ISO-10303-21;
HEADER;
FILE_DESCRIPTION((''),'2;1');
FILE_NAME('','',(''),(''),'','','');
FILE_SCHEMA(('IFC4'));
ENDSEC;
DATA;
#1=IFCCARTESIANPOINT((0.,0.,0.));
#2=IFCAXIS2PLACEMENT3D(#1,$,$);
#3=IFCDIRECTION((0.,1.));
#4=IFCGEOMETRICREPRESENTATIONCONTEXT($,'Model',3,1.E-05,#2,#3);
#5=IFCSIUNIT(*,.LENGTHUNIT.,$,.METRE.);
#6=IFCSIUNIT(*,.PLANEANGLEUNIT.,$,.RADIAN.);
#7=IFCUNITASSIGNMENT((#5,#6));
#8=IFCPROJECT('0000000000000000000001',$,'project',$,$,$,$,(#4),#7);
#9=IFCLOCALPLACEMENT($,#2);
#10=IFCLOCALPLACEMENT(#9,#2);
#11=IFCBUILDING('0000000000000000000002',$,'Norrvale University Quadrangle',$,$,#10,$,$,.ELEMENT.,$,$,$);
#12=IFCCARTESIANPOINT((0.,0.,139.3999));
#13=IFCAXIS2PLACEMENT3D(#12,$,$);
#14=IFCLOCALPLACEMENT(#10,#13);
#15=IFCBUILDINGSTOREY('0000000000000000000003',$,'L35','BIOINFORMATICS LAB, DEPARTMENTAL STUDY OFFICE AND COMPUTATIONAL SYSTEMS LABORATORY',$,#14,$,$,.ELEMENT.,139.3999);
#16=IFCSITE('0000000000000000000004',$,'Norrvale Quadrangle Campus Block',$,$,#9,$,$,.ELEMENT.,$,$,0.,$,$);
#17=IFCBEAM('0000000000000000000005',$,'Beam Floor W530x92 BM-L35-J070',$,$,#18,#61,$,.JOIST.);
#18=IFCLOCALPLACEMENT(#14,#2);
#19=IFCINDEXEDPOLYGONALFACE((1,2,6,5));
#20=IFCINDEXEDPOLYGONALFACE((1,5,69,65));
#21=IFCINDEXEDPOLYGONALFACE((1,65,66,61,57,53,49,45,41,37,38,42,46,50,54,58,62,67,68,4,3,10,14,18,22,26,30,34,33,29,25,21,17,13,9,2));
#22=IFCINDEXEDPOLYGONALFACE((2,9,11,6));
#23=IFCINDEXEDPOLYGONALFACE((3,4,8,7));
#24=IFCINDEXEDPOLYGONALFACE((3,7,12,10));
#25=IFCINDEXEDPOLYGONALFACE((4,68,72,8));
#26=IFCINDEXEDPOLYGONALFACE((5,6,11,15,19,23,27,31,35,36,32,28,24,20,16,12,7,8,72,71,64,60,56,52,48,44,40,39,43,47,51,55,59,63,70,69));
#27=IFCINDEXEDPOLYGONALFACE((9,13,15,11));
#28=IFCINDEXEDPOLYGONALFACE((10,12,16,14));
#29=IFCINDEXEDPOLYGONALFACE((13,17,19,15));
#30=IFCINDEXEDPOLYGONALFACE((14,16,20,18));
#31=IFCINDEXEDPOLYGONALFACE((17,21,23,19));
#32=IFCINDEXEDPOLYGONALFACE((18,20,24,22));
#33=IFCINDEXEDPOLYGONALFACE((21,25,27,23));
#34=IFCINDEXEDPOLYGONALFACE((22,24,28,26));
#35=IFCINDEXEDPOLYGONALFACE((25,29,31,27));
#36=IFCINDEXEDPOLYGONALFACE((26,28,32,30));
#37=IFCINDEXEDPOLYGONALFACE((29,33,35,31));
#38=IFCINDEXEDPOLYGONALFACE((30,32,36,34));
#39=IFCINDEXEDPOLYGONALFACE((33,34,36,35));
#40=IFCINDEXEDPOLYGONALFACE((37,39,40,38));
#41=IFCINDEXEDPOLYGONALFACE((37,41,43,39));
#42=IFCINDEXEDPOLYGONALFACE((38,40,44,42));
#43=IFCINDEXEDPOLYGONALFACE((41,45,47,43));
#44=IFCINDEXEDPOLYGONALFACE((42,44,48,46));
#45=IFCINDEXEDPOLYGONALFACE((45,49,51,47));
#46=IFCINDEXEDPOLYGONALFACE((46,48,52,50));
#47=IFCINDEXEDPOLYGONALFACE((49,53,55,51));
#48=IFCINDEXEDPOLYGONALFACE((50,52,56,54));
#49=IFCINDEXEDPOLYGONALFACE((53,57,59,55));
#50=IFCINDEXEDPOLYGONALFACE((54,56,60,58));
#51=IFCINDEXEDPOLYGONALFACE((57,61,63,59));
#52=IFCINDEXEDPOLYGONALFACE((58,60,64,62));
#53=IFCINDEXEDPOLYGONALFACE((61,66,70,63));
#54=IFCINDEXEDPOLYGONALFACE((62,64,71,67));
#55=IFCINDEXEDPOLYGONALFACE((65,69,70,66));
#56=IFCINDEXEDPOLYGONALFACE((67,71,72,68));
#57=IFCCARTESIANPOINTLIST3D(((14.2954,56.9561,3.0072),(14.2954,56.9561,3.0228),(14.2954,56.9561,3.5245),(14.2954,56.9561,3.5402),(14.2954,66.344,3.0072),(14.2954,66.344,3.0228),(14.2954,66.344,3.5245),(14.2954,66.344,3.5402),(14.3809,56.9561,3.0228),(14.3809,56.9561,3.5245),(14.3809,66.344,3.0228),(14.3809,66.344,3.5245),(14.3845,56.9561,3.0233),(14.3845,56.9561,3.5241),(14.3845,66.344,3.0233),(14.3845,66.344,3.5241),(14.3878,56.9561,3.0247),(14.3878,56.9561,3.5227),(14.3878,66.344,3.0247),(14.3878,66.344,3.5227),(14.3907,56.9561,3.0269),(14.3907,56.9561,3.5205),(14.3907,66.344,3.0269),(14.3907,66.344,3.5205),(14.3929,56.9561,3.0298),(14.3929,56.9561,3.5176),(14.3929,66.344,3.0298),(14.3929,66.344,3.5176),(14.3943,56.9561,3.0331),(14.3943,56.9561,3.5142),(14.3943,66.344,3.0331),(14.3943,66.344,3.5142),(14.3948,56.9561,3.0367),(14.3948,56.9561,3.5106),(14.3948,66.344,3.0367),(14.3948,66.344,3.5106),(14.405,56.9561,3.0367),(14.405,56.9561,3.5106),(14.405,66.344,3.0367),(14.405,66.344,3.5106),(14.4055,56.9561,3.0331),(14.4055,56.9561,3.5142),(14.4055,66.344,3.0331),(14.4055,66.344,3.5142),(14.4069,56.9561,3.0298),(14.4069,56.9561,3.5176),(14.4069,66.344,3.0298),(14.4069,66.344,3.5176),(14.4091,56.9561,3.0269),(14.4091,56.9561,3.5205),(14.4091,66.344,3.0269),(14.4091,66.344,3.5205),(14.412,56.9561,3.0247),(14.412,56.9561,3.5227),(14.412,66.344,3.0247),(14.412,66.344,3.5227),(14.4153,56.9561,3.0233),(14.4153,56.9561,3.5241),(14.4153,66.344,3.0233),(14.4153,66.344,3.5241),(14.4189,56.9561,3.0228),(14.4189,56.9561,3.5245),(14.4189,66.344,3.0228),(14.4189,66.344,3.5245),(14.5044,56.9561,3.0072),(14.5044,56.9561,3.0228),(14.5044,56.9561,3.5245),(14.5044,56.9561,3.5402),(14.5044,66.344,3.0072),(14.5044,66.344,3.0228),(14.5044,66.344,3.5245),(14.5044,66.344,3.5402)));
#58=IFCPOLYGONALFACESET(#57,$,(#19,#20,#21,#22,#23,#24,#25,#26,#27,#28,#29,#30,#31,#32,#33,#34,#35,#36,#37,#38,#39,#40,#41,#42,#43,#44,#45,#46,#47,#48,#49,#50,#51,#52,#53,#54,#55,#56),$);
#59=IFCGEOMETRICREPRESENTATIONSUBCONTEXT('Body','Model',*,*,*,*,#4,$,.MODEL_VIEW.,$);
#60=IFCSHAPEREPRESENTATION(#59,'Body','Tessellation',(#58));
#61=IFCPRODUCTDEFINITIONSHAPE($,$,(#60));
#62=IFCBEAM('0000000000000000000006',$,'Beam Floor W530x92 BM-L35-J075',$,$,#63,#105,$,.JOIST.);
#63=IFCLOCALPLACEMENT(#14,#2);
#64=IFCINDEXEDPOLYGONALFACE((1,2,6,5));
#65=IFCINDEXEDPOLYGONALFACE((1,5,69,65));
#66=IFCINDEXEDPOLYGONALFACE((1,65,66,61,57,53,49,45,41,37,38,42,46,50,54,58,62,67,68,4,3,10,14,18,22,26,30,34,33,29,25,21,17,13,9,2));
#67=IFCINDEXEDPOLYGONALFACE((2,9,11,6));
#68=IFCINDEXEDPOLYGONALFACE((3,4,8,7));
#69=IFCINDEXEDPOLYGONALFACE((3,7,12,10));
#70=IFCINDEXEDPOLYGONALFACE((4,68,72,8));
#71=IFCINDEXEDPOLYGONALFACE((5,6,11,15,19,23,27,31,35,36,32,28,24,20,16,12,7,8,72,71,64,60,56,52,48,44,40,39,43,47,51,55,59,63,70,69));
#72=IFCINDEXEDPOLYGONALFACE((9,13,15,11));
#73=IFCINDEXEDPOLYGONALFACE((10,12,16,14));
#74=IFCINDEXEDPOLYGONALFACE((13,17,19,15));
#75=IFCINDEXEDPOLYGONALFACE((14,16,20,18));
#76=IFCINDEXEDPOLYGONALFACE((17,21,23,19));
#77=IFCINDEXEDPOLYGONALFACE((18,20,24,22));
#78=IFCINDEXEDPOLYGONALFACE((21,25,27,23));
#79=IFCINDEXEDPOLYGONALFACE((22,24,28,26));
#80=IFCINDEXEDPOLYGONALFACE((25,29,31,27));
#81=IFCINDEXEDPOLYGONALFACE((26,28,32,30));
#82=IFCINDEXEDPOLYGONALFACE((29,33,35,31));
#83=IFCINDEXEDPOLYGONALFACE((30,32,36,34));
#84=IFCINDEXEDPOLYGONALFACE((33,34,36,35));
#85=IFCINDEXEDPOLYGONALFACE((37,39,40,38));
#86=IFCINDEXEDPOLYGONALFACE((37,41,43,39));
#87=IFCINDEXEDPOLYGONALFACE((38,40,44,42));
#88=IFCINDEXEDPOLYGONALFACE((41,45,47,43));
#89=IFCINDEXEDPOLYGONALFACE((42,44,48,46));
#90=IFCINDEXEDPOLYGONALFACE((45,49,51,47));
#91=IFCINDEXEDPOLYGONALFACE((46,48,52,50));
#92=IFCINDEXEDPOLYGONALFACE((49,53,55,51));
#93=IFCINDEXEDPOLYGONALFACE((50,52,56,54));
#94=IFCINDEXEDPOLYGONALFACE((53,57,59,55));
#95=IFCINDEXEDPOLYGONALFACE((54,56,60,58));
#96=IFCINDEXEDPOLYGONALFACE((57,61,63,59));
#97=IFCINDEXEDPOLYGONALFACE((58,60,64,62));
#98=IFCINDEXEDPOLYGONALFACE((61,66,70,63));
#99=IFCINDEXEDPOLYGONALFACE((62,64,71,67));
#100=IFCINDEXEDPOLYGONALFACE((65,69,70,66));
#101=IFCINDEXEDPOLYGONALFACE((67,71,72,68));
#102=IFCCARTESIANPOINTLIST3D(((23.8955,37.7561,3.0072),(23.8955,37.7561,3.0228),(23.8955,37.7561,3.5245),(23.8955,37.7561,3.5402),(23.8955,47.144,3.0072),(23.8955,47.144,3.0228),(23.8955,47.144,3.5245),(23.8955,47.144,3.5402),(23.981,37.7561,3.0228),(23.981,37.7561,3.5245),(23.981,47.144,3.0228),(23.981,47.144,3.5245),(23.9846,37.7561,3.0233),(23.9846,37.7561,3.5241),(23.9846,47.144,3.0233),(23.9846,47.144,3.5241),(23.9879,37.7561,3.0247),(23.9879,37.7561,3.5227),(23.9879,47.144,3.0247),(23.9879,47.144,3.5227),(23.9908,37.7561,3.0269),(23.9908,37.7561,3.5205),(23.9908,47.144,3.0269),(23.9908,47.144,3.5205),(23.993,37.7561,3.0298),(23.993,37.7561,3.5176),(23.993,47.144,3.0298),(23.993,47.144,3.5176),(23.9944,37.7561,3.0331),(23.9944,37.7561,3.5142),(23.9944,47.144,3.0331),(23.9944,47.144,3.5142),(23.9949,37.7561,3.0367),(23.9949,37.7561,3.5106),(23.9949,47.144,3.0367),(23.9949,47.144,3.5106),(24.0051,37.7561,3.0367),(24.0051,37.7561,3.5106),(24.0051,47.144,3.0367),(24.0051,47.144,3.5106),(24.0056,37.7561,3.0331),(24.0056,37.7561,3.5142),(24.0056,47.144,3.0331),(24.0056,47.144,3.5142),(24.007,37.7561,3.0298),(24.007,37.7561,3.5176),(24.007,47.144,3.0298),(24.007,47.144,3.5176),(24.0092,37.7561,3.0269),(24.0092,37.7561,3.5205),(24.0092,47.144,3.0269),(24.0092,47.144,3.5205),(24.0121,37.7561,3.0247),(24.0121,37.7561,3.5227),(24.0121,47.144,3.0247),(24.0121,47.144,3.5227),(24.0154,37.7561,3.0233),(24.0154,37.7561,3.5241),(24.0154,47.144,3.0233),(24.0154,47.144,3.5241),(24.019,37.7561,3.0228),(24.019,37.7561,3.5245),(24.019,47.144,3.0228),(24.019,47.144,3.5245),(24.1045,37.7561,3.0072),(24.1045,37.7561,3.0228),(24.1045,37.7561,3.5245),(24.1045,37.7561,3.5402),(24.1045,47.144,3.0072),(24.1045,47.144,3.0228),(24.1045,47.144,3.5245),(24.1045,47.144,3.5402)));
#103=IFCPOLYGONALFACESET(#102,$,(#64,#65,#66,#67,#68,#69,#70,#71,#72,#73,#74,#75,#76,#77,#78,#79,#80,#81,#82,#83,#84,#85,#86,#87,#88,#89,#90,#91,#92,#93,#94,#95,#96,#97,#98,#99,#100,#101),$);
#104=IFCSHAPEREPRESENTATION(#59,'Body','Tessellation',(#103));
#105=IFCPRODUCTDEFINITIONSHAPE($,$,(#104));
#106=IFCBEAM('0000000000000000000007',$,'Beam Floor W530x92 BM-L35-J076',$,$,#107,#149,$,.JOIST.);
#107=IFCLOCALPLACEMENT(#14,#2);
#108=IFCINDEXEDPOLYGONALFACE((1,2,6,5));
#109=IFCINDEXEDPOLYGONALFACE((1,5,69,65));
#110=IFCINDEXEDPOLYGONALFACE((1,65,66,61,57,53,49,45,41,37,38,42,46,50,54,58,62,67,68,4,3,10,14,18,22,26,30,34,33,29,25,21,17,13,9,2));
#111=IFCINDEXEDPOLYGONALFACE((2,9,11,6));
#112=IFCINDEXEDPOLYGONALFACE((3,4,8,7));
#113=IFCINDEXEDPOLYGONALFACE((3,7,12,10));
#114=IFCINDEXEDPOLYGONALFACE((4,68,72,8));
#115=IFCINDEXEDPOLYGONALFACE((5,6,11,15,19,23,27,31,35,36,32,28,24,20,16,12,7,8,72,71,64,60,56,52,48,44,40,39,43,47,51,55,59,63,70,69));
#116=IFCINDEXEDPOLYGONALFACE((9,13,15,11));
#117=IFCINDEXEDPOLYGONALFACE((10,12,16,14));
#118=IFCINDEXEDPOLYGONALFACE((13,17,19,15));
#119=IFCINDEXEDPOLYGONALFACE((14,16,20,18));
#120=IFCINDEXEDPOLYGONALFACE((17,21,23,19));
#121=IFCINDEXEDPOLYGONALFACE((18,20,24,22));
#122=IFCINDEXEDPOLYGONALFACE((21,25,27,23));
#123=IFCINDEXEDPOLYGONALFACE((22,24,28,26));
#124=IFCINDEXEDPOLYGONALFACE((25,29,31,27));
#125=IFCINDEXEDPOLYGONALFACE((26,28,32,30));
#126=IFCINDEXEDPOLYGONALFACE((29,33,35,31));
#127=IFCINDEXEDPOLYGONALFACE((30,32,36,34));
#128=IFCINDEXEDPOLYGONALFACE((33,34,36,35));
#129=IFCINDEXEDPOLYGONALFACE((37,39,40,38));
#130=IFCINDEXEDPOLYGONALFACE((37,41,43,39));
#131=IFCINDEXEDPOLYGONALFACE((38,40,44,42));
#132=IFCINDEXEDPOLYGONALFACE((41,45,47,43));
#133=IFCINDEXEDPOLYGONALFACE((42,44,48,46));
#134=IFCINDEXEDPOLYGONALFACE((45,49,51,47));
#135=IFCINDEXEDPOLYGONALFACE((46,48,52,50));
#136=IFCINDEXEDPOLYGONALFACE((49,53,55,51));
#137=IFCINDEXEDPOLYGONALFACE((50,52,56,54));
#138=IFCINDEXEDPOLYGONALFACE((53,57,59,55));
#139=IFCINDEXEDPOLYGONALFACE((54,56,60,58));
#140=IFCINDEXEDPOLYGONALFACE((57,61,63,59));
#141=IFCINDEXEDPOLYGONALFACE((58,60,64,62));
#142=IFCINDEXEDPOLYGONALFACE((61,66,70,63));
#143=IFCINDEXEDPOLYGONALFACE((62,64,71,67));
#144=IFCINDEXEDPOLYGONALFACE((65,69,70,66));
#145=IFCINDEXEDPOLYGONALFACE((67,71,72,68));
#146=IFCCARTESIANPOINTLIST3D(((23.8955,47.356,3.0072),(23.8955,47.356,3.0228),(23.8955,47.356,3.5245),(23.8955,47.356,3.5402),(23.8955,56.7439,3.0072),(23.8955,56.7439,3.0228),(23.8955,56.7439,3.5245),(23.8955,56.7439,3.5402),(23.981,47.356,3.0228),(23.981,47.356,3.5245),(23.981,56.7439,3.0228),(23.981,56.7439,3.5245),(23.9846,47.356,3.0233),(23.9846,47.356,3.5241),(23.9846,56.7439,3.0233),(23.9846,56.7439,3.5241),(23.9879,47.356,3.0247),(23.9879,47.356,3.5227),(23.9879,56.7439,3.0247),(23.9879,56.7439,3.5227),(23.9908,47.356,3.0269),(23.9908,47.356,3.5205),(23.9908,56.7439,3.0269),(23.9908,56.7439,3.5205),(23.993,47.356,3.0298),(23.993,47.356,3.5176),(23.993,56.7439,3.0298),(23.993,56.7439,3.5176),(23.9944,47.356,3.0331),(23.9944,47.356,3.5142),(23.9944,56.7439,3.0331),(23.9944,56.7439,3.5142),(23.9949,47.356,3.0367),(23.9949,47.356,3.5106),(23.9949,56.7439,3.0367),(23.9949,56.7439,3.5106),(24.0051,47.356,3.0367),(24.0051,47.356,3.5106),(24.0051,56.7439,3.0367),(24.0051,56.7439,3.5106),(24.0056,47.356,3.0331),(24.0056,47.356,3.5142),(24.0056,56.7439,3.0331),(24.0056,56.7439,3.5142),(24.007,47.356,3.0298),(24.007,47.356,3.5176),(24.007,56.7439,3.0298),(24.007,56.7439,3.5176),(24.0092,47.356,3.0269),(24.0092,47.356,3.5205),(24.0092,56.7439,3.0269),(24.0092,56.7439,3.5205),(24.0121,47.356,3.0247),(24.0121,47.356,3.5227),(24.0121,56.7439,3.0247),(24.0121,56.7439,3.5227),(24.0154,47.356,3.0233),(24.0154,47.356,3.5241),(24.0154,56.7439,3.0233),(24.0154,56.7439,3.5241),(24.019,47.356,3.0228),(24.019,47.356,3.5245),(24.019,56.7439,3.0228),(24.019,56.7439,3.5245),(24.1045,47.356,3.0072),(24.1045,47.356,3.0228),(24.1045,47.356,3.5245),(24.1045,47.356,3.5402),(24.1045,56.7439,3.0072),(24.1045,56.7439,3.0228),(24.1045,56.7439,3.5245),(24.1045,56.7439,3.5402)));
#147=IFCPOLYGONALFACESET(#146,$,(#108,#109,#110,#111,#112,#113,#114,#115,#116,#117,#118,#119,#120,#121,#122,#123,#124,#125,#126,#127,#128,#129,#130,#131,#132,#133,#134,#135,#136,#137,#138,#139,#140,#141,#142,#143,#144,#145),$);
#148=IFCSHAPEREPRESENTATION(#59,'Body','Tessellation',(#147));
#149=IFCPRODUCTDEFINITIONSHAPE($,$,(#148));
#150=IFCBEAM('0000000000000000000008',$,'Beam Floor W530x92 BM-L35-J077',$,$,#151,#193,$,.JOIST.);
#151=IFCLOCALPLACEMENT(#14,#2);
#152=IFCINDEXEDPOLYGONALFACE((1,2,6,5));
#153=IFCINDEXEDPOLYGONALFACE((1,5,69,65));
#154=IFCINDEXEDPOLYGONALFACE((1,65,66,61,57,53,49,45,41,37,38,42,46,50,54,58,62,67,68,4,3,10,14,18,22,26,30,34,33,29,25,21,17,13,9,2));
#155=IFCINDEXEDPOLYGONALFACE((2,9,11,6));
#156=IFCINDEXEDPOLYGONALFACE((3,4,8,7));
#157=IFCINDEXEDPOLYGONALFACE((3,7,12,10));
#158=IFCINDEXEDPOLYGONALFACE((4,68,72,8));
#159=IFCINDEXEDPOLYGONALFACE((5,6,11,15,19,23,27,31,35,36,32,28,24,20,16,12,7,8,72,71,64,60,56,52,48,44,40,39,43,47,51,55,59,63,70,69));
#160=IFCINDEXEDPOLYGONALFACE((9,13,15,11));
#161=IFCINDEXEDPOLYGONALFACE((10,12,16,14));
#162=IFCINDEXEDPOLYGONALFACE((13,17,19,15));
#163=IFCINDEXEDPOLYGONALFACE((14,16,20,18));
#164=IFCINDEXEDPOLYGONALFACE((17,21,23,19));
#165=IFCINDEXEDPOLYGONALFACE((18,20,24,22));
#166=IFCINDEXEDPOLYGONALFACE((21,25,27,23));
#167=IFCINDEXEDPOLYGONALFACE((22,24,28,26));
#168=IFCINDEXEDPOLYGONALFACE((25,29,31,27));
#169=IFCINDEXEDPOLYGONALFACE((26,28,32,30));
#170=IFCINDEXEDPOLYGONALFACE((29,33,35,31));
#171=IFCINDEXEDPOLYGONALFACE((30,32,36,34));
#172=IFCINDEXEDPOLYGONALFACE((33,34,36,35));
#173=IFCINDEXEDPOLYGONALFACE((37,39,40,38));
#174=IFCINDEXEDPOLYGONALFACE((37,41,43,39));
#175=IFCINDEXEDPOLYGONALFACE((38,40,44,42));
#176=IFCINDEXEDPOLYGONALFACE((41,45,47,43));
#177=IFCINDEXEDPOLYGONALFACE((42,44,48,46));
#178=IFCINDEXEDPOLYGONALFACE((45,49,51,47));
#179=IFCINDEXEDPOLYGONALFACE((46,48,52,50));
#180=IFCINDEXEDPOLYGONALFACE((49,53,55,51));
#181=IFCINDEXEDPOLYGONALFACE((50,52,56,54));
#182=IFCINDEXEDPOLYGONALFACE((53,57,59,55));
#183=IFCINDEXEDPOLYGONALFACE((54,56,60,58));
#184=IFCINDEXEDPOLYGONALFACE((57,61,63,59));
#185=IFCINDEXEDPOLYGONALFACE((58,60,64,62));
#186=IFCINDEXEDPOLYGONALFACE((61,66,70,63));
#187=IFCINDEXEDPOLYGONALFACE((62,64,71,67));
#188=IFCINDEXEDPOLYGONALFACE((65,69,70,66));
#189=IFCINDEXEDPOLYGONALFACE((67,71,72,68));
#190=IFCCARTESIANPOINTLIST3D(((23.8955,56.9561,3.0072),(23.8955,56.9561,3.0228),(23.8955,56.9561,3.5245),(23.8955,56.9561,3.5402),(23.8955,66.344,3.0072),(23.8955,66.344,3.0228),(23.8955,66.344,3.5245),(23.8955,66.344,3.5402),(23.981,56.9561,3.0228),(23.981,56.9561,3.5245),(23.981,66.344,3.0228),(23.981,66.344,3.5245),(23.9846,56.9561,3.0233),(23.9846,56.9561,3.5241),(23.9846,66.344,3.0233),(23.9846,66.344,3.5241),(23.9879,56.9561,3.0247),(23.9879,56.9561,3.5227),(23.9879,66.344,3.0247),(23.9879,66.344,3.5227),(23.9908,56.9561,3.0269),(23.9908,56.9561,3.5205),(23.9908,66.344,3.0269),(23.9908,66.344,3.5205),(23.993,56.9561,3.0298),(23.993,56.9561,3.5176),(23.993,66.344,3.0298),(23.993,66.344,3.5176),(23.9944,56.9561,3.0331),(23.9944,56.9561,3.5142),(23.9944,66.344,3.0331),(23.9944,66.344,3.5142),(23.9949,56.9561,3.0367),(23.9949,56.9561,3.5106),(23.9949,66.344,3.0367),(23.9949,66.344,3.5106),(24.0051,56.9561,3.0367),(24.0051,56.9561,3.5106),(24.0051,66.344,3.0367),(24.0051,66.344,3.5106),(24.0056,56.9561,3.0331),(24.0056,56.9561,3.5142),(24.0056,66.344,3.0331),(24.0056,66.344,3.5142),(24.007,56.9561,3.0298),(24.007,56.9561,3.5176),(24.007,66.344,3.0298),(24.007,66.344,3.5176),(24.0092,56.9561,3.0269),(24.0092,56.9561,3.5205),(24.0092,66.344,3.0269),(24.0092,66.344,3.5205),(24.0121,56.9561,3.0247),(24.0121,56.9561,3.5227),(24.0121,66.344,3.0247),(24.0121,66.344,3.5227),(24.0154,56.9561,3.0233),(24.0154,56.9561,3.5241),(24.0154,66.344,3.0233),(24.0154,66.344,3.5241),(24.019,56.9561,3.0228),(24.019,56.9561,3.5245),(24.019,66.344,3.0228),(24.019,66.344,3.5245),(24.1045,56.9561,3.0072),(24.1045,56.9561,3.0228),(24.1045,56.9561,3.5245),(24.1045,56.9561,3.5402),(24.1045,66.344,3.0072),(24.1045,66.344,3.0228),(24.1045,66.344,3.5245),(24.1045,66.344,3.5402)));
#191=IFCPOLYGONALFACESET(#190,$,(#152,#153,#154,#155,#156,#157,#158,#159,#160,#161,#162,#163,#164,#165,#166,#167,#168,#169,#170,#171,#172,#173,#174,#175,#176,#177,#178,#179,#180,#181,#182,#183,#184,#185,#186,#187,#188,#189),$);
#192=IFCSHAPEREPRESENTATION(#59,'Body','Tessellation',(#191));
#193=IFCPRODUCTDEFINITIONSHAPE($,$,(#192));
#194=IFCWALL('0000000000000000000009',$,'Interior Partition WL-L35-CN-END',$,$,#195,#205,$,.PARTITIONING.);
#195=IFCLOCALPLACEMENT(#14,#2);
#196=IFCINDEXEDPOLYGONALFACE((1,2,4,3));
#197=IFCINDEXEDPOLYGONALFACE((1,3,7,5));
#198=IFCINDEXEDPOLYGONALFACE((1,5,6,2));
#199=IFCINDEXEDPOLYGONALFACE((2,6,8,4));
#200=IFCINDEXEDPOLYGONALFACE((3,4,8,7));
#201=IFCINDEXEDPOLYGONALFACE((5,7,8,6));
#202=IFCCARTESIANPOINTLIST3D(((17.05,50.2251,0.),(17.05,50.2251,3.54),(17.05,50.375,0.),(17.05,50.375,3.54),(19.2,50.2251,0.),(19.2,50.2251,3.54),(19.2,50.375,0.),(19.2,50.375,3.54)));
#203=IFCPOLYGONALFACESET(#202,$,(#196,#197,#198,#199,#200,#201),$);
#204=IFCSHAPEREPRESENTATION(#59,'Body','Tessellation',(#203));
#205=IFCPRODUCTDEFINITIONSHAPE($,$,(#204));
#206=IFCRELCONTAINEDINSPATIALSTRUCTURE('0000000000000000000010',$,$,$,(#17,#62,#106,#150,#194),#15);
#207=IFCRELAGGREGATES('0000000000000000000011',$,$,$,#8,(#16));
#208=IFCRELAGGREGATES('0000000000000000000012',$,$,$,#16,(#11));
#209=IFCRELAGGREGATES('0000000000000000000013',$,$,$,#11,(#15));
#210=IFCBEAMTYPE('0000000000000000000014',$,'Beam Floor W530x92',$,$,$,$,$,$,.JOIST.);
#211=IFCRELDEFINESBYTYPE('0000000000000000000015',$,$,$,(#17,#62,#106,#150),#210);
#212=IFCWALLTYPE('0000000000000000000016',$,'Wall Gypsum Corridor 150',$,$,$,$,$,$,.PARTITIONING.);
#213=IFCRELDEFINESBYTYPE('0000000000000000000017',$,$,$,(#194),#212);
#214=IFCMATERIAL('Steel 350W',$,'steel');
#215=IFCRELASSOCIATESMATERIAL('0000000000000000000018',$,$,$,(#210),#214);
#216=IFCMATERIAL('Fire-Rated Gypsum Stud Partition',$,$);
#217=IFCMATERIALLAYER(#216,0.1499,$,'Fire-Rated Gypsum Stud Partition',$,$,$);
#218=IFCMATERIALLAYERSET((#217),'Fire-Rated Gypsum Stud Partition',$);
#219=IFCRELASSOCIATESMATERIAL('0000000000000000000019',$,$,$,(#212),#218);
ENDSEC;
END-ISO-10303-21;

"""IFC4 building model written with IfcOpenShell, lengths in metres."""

from ifc_helpers import new_model, si_unit, direction, frame, frame_2d, origin, origin_2d, place, context, subcontext, project, spatial, rectangle, i_section, extrude, material, layer, layer_set, material_profile, profile_set, type_object, element, save


model = new_model("IFC4")

# Units and contexts
model_context = context("Model", 3, precision=1e-05, world=origin(), true_north=direction((0.0, 1.0)))
body_context = subcontext(model_context, "Body", "Model", "MODEL_VIEW")
ifc_project = project(units=[si_unit("LENGTHUNIT", "METRE"), si_unit("PLANEANGLEUNIT", "RADIAN")], contexts=[model_context])

# Site, building, storey
site_placement = place(None, origin())
site = spatial("IfcSite", under=ifc_project, at=site_placement, Name="Norrvale Quadrangle Campus Block", CompositionType="ELEMENT", RefElevation=0.0)
building_placement = place(site_placement, origin())
building = spatial("IfcBuilding", under=site, at=building_placement, Name="Norrvale University Quadrangle", CompositionType="ELEMENT")
storey_placement = place(building_placement, frame((0.0, 0.0, 139.3999)))
storey = spatial("IfcBuildingStorey", under=building, at=storey_placement, Name="L35", Description="BIOINFORMATICS LAB, DEPARTMENTAL STUDY OFFICE AND COMPUTATIONAL SYSTEMS LABORATORY", CompositionType="ELEMENT", Elevation=139.3999)

# Beams
ifc_material_1 = material(Name="Steel 350W", Category="steel")
ifc_material_profile_1 = material_profile(ifc_material_1, i_section(OverallWidth=0.209, OverallDepth=0.533, WebThickness=0.0103, FlangeThickness=0.0156, FilletRadius=0.0139, at=origin_2d()), Name="Steel 350W")
ifc_profile_set_1 = profile_set([ifc_material_profile_1], Name="Steel 350W")
beam_type_1 = type_object("IfcBeamType", Name="Beam Floor W530x92", PredefinedType="JOIST", material=ifc_profile_set_1)
for number, where, z_axis, x_axis, name in (
    (1, (14.3999, 56.9561, 3.2737), (0.0, 1.0, 0.0), (-1.0, 0.0, 0.0), "Beam Floor W530x92 BM-L35-J070"),
    (2, (24.0, 37.7561, 3.2737), (0.0, 1.0, 0.0), (-1.0, 0.0, 0.0), "Beam Floor W530x92 BM-L35-J075"),
    (3, (24.0, 47.356, 3.2737), (0.0, 1.0, 0.0), (-1.0, 0.0, 0.0), "Beam Floor W530x92 BM-L35-J076"),
    (4, (24.0, 56.9561, 3.2737), (0.0, 1.0, 0.0), (-1.0, 0.0, 0.0), "Beam Floor W530x92 BM-L35-J077"),
):
    element("IfcBeam", number, at=place(storey_placement, frame(where, z_axis=z_axis, x_axis=x_axis)), inside=storey, type_object=beam_type_1, Name=name, PredefinedType="JOIST", context=body_context, shape_type="SweptSolid", body=[
        extrude(i_section(OverallWidth=0.209, OverallDepth=0.533, WebThickness=0.0103, FlangeThickness=0.0156, FilletRadius=0.0139, at=origin_2d()), origin(), (0.0, 0.0, 1.0), 9.3879),
    ])

# Wall
ifc_material_2 = material(Name="Fire-Rated Gypsum Stud Partition")
ifc_layer = layer(ifc_material_2, 0.1499, Name="Fire-Rated Gypsum Stud Partition")
ifc_layer_set = layer_set([ifc_layer], Name="Fire-Rated Gypsum Stud Partition")
wall_type = type_object("IfcWallType", Name="Wall Gypsum Corridor 150", PredefinedType="PARTITIONING", material=ifc_layer_set)
wall_1_placement = place(storey_placement, frame((17.05, 50.3, 0.0), z_axis=(0.0, 0.0, 1.0), x_axis=(1.0, 0.0, 0.0)))
element("IfcWall", 5, at=wall_1_placement, inside=storey, type_object=wall_type, Name="Interior Partition WL-L35-CN-END", PredefinedType="PARTITIONING", context=body_context, shape_type="SweptSolid", body=[
    extrude(rectangle(XDim=2.1499, YDim=0.1499, at=frame_2d((1.075, 0.0))), origin(), (0.0, 0.0, 1.0), 3.54),
])

save(model, "model.ifc")
